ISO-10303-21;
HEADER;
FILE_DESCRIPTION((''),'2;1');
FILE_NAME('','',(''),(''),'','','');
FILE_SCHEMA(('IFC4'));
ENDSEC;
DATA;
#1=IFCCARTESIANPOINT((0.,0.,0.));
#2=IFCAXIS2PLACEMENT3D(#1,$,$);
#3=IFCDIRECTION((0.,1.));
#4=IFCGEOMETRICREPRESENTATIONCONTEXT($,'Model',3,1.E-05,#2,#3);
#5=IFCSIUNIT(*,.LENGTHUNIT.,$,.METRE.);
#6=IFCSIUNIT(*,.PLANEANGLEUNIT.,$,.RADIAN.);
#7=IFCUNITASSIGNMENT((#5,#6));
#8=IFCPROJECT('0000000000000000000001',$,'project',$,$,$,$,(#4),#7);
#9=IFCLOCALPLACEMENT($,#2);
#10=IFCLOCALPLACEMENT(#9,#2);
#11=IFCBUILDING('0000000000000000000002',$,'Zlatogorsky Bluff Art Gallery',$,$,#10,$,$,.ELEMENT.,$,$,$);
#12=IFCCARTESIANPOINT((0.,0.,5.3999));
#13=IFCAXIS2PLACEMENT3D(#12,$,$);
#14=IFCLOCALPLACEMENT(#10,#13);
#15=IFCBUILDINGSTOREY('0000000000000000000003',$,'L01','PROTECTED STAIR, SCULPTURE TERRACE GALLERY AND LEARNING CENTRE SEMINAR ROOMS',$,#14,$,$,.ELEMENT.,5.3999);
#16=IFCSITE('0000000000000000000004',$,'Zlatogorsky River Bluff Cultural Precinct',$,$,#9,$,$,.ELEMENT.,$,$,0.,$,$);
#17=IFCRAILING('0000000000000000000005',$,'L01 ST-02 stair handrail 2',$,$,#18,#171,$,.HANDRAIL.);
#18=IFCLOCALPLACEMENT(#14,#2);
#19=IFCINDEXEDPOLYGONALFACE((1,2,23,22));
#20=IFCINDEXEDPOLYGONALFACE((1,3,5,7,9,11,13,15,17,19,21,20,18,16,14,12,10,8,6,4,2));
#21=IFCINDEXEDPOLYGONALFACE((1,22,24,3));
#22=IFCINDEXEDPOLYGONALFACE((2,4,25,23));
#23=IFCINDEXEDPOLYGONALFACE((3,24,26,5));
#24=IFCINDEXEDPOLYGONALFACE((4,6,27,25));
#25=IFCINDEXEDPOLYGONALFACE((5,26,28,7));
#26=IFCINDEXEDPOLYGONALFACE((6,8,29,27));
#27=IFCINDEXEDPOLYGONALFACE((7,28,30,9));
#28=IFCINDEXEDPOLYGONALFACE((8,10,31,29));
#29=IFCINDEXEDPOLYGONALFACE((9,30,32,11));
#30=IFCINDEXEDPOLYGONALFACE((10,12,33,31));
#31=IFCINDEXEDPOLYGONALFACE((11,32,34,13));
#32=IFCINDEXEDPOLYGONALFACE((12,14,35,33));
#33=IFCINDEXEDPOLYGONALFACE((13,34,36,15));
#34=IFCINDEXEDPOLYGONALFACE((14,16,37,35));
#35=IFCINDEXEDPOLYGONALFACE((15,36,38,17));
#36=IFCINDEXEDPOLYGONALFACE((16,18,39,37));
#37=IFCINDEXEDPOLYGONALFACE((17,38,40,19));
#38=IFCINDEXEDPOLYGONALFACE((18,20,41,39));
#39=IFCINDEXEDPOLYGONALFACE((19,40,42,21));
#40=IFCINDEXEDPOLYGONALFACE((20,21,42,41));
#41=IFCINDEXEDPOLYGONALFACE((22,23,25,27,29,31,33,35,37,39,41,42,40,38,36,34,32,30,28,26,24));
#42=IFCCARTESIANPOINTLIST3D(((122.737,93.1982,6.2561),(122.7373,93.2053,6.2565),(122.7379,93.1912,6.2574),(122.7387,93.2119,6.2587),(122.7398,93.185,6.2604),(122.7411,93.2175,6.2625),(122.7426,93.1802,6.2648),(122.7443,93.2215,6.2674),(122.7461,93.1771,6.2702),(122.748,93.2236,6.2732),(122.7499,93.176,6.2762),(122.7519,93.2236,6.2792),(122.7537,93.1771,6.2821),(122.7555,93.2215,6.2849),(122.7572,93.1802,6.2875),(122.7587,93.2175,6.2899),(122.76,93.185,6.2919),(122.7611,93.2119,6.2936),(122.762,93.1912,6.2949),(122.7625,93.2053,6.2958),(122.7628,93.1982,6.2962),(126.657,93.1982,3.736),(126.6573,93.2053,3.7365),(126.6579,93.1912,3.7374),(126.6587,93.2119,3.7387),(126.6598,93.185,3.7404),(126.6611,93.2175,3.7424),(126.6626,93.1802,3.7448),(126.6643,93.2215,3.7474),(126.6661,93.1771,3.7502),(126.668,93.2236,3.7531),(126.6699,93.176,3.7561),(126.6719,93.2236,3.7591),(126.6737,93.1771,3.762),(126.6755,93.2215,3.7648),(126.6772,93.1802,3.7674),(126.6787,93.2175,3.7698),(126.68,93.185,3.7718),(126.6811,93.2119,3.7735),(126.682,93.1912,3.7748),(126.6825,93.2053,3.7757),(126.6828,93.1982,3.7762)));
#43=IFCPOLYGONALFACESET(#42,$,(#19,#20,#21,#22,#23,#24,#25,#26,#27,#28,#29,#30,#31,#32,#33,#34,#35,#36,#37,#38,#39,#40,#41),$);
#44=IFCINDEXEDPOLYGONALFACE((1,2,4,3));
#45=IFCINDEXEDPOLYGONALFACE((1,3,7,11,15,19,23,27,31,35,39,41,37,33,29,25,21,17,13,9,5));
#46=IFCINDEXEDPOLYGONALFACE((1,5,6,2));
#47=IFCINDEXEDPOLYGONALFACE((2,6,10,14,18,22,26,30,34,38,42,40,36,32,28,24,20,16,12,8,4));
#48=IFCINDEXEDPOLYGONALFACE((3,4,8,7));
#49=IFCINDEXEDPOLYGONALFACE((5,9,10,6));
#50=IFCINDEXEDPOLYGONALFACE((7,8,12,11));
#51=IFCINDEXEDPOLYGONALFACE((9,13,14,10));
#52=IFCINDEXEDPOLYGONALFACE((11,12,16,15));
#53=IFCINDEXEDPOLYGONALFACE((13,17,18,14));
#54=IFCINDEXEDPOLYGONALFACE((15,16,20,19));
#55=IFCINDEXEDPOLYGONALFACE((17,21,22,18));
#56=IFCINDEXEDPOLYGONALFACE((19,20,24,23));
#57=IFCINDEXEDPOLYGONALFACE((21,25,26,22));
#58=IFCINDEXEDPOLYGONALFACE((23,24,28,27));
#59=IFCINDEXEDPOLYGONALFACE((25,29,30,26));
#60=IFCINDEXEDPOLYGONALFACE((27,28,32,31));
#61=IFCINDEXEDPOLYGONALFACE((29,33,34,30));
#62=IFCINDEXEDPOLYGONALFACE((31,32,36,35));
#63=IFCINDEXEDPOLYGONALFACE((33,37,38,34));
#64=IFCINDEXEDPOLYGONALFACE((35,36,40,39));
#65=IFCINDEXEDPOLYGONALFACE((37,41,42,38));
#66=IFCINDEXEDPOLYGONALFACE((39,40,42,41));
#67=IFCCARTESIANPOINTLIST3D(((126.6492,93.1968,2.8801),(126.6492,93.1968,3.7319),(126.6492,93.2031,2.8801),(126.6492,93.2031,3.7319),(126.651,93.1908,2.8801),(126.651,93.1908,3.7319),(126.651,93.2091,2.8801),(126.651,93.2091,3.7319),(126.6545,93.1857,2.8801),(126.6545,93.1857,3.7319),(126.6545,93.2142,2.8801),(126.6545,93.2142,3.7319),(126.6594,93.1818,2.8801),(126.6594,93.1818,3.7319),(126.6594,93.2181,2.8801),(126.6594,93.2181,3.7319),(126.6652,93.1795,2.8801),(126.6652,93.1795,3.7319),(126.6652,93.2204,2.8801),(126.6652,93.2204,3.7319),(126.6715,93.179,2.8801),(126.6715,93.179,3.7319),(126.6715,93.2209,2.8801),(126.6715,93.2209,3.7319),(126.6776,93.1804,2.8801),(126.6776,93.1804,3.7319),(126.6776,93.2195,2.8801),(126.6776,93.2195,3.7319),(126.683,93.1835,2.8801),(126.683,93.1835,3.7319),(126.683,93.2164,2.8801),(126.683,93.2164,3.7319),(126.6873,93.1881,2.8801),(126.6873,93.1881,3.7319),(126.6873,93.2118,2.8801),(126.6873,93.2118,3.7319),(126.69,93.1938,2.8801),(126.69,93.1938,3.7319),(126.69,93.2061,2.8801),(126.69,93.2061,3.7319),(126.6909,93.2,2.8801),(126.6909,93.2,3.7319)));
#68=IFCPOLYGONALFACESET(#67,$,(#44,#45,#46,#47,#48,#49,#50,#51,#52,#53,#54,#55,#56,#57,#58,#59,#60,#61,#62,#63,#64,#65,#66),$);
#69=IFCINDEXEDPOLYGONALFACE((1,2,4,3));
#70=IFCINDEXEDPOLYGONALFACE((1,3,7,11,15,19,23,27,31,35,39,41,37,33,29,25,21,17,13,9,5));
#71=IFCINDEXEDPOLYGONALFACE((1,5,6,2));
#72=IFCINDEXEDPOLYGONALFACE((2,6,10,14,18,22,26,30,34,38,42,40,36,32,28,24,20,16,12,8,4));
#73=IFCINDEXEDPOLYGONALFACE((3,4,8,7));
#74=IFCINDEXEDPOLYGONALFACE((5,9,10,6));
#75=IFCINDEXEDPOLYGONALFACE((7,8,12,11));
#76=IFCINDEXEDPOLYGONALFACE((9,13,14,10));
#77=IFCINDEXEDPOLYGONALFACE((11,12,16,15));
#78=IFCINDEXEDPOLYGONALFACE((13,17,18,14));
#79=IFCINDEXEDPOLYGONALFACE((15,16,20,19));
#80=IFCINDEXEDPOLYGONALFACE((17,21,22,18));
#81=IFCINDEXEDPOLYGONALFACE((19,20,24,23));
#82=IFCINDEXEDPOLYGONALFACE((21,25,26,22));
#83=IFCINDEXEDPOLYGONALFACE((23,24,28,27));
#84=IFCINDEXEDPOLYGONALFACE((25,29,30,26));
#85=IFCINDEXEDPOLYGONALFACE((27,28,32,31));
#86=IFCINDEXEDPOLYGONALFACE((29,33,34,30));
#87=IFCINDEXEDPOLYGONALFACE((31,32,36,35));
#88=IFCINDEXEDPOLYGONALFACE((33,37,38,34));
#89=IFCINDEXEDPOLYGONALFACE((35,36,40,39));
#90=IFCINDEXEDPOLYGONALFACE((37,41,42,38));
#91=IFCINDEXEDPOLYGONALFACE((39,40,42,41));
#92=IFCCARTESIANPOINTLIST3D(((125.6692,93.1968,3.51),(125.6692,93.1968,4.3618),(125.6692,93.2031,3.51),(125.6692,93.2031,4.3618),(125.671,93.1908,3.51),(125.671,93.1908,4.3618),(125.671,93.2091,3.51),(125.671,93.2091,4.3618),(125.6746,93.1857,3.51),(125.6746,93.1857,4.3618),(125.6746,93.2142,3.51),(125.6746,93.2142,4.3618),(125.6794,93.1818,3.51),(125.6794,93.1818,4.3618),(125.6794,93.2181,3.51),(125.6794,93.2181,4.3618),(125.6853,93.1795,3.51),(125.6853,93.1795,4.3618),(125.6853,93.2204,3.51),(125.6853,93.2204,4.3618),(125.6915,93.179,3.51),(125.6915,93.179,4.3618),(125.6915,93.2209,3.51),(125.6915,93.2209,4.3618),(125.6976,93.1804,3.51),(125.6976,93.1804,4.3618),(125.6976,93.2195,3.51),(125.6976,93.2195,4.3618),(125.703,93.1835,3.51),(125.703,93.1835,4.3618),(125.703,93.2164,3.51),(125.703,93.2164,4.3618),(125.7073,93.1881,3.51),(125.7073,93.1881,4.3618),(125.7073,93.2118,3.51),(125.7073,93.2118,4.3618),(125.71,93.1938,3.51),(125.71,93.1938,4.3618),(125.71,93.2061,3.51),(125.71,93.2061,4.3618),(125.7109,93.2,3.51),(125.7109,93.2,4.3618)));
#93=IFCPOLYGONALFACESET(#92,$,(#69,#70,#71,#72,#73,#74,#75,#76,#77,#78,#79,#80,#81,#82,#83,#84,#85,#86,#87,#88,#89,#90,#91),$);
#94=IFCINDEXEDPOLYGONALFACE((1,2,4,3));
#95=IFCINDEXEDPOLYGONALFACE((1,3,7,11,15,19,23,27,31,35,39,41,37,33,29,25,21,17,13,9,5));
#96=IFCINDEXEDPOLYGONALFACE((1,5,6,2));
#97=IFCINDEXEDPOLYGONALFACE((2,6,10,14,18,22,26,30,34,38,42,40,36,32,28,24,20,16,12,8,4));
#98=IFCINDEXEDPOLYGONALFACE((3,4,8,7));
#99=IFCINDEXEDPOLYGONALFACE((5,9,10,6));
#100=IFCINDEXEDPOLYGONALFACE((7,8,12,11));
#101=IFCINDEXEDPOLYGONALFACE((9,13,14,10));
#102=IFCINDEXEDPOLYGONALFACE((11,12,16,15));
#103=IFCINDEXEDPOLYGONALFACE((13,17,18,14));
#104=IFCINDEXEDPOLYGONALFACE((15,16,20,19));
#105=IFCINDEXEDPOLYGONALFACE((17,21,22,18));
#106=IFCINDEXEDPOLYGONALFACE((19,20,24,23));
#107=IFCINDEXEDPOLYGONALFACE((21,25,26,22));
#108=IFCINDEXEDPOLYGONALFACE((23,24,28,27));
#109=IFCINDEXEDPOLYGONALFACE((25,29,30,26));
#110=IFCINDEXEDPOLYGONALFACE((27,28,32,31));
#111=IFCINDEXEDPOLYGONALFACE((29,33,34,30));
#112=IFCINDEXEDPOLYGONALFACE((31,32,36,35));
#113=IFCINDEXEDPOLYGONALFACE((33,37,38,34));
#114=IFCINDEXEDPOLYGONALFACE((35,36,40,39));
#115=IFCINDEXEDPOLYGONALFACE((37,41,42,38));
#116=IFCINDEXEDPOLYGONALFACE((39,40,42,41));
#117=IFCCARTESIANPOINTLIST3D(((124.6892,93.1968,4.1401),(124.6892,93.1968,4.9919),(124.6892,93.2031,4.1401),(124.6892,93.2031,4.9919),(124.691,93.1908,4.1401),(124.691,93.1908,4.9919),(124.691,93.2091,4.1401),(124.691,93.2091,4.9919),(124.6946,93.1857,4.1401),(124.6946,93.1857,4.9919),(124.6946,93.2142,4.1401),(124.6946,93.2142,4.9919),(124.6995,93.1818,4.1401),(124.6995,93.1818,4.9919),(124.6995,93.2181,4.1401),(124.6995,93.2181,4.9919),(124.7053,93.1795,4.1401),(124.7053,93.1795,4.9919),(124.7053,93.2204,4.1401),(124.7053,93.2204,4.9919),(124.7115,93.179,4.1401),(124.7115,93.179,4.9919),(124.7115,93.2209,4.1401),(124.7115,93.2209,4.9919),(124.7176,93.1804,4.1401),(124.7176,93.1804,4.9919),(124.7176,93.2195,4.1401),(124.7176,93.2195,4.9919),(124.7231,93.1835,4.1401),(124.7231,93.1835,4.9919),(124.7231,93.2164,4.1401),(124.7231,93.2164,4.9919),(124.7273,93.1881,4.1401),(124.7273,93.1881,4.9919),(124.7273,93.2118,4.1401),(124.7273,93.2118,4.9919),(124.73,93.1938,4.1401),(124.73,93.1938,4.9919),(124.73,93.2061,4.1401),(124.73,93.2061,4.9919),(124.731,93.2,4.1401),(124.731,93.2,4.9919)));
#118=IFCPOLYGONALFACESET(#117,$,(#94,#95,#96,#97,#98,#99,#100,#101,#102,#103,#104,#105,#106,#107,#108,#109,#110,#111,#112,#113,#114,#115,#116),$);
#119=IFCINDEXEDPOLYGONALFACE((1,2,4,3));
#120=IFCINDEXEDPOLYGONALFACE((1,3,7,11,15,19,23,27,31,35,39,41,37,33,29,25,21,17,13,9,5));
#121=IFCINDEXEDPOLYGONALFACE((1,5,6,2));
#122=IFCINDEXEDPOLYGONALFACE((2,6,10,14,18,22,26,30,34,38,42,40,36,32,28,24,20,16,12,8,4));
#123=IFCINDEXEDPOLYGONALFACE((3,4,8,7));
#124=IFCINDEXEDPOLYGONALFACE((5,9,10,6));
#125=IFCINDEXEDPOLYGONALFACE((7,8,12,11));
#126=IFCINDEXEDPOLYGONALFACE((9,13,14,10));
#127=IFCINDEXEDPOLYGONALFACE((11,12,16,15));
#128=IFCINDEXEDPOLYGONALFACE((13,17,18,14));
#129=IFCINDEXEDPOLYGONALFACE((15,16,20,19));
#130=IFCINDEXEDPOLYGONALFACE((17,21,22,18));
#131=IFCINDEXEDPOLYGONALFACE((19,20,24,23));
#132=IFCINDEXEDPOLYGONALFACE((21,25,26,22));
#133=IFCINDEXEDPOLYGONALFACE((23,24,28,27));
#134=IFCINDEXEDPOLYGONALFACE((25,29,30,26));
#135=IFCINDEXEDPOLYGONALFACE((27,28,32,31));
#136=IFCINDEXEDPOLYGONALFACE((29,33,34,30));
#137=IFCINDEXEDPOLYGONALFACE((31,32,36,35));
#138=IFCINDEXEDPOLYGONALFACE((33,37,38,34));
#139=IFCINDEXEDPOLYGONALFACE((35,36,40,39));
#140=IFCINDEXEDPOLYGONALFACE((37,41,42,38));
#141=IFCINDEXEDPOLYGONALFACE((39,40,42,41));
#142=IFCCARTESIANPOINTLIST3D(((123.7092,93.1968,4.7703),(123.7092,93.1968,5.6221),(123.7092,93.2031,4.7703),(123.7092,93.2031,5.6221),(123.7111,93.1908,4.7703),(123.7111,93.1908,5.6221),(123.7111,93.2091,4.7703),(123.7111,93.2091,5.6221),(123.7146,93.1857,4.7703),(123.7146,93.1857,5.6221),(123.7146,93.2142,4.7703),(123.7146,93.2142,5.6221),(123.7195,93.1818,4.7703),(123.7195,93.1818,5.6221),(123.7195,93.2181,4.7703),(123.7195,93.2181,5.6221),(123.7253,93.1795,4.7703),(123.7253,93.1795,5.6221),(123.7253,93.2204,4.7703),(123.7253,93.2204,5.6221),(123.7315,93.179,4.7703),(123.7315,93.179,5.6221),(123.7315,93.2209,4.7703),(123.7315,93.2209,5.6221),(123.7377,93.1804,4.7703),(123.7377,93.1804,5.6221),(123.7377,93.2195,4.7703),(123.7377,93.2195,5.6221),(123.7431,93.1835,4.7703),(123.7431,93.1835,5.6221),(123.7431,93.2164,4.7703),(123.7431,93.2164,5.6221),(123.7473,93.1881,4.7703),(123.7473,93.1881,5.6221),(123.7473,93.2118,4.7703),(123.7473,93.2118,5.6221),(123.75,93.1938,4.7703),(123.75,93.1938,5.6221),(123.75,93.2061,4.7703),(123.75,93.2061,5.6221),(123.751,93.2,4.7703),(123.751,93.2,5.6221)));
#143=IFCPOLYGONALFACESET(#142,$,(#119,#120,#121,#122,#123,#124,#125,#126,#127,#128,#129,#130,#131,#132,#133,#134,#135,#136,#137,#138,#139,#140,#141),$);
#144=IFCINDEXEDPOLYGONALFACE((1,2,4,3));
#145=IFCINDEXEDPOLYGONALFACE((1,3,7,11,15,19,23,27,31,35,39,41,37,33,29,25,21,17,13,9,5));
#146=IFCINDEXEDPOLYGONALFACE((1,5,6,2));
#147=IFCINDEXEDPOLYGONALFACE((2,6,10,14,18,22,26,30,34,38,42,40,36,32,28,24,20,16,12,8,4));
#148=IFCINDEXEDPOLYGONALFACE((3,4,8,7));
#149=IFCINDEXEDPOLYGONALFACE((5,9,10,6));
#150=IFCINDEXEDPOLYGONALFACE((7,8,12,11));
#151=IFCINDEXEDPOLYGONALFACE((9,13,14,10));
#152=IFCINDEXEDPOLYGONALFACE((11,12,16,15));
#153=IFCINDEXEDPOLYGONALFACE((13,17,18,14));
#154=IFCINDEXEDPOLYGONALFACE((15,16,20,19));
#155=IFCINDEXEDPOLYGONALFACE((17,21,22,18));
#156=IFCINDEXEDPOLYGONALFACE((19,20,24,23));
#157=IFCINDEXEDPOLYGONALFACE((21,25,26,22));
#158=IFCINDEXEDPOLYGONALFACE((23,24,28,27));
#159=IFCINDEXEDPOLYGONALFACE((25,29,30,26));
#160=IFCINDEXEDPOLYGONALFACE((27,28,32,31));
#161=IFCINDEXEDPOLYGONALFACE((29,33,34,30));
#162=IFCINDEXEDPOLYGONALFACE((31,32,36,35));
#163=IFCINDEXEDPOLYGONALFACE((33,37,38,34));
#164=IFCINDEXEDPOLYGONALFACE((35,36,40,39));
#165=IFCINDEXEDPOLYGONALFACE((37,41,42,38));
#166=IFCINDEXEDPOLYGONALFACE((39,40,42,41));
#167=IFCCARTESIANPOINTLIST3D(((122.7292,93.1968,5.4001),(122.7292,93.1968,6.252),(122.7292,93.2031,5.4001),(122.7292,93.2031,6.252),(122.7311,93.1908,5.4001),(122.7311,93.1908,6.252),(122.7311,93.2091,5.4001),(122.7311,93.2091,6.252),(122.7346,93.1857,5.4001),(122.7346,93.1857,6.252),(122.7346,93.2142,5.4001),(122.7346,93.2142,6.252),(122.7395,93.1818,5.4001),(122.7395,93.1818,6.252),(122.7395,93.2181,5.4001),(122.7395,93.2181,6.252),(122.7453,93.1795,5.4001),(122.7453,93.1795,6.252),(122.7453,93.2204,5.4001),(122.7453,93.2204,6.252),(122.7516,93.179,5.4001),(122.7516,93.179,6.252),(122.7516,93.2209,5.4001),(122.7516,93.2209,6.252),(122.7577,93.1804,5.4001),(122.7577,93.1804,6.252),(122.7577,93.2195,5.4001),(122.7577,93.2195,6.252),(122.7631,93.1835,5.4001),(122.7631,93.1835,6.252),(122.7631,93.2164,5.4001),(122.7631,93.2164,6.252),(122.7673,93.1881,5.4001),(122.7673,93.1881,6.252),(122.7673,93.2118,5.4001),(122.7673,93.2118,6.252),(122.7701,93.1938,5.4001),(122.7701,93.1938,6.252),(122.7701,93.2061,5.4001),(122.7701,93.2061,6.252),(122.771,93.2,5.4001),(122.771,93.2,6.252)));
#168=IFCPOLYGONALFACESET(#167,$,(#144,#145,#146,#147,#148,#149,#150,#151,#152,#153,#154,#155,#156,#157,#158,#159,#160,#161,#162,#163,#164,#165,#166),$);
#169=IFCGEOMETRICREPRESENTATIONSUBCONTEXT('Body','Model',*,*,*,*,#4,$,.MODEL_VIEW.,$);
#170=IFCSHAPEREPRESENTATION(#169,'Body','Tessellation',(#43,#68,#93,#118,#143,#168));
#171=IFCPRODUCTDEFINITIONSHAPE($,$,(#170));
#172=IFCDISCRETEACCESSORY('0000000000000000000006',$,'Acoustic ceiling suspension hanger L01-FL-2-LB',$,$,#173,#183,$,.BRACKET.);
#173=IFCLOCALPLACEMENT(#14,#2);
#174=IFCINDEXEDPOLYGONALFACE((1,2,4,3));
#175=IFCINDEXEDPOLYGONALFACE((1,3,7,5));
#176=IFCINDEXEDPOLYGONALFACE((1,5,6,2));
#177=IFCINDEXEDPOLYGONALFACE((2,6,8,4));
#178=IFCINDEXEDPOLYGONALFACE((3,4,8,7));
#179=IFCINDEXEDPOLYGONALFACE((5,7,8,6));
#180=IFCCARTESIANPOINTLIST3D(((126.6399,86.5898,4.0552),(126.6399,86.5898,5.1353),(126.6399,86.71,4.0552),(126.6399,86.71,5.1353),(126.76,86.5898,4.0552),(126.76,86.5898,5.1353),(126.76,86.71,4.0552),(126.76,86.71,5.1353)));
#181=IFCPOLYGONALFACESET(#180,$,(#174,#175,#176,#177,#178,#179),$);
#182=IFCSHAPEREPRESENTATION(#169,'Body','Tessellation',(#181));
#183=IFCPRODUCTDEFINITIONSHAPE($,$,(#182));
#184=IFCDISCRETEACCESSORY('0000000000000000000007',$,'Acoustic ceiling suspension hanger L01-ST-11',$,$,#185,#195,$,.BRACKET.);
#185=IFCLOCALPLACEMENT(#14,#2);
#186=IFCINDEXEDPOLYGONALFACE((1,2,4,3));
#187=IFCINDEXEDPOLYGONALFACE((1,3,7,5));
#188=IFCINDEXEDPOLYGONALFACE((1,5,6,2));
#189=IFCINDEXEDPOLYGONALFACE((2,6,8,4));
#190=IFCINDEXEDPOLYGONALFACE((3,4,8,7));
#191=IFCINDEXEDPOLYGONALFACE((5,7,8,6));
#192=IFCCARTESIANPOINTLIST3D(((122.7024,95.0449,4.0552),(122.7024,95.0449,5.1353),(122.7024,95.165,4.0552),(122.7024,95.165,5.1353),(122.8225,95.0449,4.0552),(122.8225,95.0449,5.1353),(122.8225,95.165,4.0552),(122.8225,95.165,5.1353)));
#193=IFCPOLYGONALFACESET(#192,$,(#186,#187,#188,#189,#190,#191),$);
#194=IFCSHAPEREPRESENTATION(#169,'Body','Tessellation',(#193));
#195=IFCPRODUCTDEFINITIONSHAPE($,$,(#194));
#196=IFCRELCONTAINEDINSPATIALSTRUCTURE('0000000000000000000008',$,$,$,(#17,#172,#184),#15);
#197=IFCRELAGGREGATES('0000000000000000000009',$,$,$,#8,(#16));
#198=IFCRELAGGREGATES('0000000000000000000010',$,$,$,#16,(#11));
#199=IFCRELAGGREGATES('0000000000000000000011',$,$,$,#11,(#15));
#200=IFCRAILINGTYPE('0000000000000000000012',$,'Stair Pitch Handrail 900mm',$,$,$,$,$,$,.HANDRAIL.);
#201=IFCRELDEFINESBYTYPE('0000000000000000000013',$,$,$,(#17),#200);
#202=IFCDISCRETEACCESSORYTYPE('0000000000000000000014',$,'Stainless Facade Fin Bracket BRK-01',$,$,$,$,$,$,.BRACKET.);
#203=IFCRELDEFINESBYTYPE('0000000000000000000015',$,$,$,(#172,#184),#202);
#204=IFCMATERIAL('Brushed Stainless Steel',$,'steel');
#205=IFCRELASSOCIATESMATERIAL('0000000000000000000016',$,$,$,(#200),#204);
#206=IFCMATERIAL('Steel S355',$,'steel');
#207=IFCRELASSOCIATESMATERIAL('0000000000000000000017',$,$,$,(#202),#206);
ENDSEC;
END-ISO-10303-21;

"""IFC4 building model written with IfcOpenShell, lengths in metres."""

from ifc_helpers import new_model, si_unit, direction, frame, origin, origin_2d, place, context, subcontext, project, spatial, rectangle, circle, extrude, material, type_object, element, save


model = new_model("IFC4")

# Units and contexts
model_context = context("Model", 3, precision=1e-05, world=origin(), true_north=direction((0.0, 1.0)))
body_context = subcontext(model_context, "Body", "Model", "MODEL_VIEW")
ifc_project = project(units=[si_unit("LENGTHUNIT", "METRE"), si_unit("PLANEANGLEUNIT", "RADIAN")], contexts=[model_context])

# Site, building, storey
site_placement = place(None, origin())
site = spatial("IfcSite", under=ifc_project, at=site_placement, Name="Zlatogorsky River Bluff Cultural Precinct", CompositionType="ELEMENT", RefElevation=0.0)
building_placement = place(site_placement, origin())
building = spatial("IfcBuilding", under=site, at=building_placement, Name="Zlatogorsky Bluff Art Gallery", CompositionType="ELEMENT")
storey_placement = place(building_placement, frame((0.0, 0.0, 5.3999)))
storey = spatial("IfcBuildingStorey", under=building, at=storey_placement, Name="L01", Description="PROTECTED STAIR, SCULPTURE TERRACE GALLERY AND LEARNING CENTRE SEMINAR ROOMS", CompositionType="ELEMENT", Elevation=5.3999)

# Shared definitions
ifc_material_1 = material(Name="Steel S355", Category="steel")

# Railing
ifc_material_2 = material(Name="Brushed Stainless Steel", Category="steel")
railing_type_1 = type_object("IfcRailingType", Name="Stair Pitch Handrail 900mm", PredefinedType="HANDRAIL", material=ifc_material_2)
railing_1_placement = place(storey_placement, frame((126.6699, 93.2, 2.8801)))
element("IfcRailing", 1, at=railing_1_placement, inside=storey, type_object=railing_type_1, Name="L01 ST-02 stair handrail 2", PredefinedType="HANDRAIL", context=body_context, shape_type="SweptSolid", body=[
    extrude(circle(Radius=0.0239, at=origin_2d()), frame((0.0, 0.0, 0.876), z_axis=(-0.841172, 0.0, 0.540768), x_axis=(0.0, -1.0, 0.0)), (0.0, 0.0, 1.0), 4.6602),
    extrude(circle(Radius=0.021, at=origin_2d()), origin(), (0.0, 0.0, 1.0), 0.8518),
    extrude(circle(Radius=0.021, at=origin_2d()), frame((-0.98, 0.0, 0.6299)), (0.0, 0.0, 1.0), 0.8518),
    extrude(circle(Radius=0.021, at=origin_2d()), frame((-1.96, 0.0, 1.26)), (0.0, 0.0, 1.0), 0.8518),
    extrude(circle(Radius=0.021, at=origin_2d()), frame((-2.9399, 0.0, 1.8901)), (0.0, 0.0, 1.0), 0.8518),
    extrude(circle(Radius=0.021, at=origin_2d()), frame((-3.9199, 0.0, 2.52)), (0.0, 0.0, 1.0), 0.8518),
])

# Discrete accessories
discrete_accessory_type = type_object("IfcDiscreteAccessoryType", Name="Stainless Facade Fin Bracket BRK-01", PredefinedType="BRACKET", material=ifc_material_1)
for number, where, z_axis, x_axis, name in (
    (2, (126.7, 86.6499, 4.0552), (0.0, 0.0, 1.0), (1.0, 0.0, 0.0), "Acoustic ceiling suspension hanger L01-FL-2-LB"),
    (3, (122.7625, 95.105, 4.0552), (0.0, 0.0, 1.0), (1.0, 0.0, 0.0), "Acoustic ceiling suspension hanger L01-ST-11"),
):
    element("IfcDiscreteAccessory", number, at=place(storey_placement, frame(where, z_axis=z_axis, x_axis=x_axis)), inside=storey, type_object=discrete_accessory_type, Name=name, PredefinedType="BRACKET", context=body_context, shape_type="SweptSolid", body=[
        extrude(rectangle(XDim=0.1201, YDim=0.1201, at=origin_2d()), origin(), (0.0, 0.0, 1.0), 1.0801),
    ])

save(model, "model.ifc")
